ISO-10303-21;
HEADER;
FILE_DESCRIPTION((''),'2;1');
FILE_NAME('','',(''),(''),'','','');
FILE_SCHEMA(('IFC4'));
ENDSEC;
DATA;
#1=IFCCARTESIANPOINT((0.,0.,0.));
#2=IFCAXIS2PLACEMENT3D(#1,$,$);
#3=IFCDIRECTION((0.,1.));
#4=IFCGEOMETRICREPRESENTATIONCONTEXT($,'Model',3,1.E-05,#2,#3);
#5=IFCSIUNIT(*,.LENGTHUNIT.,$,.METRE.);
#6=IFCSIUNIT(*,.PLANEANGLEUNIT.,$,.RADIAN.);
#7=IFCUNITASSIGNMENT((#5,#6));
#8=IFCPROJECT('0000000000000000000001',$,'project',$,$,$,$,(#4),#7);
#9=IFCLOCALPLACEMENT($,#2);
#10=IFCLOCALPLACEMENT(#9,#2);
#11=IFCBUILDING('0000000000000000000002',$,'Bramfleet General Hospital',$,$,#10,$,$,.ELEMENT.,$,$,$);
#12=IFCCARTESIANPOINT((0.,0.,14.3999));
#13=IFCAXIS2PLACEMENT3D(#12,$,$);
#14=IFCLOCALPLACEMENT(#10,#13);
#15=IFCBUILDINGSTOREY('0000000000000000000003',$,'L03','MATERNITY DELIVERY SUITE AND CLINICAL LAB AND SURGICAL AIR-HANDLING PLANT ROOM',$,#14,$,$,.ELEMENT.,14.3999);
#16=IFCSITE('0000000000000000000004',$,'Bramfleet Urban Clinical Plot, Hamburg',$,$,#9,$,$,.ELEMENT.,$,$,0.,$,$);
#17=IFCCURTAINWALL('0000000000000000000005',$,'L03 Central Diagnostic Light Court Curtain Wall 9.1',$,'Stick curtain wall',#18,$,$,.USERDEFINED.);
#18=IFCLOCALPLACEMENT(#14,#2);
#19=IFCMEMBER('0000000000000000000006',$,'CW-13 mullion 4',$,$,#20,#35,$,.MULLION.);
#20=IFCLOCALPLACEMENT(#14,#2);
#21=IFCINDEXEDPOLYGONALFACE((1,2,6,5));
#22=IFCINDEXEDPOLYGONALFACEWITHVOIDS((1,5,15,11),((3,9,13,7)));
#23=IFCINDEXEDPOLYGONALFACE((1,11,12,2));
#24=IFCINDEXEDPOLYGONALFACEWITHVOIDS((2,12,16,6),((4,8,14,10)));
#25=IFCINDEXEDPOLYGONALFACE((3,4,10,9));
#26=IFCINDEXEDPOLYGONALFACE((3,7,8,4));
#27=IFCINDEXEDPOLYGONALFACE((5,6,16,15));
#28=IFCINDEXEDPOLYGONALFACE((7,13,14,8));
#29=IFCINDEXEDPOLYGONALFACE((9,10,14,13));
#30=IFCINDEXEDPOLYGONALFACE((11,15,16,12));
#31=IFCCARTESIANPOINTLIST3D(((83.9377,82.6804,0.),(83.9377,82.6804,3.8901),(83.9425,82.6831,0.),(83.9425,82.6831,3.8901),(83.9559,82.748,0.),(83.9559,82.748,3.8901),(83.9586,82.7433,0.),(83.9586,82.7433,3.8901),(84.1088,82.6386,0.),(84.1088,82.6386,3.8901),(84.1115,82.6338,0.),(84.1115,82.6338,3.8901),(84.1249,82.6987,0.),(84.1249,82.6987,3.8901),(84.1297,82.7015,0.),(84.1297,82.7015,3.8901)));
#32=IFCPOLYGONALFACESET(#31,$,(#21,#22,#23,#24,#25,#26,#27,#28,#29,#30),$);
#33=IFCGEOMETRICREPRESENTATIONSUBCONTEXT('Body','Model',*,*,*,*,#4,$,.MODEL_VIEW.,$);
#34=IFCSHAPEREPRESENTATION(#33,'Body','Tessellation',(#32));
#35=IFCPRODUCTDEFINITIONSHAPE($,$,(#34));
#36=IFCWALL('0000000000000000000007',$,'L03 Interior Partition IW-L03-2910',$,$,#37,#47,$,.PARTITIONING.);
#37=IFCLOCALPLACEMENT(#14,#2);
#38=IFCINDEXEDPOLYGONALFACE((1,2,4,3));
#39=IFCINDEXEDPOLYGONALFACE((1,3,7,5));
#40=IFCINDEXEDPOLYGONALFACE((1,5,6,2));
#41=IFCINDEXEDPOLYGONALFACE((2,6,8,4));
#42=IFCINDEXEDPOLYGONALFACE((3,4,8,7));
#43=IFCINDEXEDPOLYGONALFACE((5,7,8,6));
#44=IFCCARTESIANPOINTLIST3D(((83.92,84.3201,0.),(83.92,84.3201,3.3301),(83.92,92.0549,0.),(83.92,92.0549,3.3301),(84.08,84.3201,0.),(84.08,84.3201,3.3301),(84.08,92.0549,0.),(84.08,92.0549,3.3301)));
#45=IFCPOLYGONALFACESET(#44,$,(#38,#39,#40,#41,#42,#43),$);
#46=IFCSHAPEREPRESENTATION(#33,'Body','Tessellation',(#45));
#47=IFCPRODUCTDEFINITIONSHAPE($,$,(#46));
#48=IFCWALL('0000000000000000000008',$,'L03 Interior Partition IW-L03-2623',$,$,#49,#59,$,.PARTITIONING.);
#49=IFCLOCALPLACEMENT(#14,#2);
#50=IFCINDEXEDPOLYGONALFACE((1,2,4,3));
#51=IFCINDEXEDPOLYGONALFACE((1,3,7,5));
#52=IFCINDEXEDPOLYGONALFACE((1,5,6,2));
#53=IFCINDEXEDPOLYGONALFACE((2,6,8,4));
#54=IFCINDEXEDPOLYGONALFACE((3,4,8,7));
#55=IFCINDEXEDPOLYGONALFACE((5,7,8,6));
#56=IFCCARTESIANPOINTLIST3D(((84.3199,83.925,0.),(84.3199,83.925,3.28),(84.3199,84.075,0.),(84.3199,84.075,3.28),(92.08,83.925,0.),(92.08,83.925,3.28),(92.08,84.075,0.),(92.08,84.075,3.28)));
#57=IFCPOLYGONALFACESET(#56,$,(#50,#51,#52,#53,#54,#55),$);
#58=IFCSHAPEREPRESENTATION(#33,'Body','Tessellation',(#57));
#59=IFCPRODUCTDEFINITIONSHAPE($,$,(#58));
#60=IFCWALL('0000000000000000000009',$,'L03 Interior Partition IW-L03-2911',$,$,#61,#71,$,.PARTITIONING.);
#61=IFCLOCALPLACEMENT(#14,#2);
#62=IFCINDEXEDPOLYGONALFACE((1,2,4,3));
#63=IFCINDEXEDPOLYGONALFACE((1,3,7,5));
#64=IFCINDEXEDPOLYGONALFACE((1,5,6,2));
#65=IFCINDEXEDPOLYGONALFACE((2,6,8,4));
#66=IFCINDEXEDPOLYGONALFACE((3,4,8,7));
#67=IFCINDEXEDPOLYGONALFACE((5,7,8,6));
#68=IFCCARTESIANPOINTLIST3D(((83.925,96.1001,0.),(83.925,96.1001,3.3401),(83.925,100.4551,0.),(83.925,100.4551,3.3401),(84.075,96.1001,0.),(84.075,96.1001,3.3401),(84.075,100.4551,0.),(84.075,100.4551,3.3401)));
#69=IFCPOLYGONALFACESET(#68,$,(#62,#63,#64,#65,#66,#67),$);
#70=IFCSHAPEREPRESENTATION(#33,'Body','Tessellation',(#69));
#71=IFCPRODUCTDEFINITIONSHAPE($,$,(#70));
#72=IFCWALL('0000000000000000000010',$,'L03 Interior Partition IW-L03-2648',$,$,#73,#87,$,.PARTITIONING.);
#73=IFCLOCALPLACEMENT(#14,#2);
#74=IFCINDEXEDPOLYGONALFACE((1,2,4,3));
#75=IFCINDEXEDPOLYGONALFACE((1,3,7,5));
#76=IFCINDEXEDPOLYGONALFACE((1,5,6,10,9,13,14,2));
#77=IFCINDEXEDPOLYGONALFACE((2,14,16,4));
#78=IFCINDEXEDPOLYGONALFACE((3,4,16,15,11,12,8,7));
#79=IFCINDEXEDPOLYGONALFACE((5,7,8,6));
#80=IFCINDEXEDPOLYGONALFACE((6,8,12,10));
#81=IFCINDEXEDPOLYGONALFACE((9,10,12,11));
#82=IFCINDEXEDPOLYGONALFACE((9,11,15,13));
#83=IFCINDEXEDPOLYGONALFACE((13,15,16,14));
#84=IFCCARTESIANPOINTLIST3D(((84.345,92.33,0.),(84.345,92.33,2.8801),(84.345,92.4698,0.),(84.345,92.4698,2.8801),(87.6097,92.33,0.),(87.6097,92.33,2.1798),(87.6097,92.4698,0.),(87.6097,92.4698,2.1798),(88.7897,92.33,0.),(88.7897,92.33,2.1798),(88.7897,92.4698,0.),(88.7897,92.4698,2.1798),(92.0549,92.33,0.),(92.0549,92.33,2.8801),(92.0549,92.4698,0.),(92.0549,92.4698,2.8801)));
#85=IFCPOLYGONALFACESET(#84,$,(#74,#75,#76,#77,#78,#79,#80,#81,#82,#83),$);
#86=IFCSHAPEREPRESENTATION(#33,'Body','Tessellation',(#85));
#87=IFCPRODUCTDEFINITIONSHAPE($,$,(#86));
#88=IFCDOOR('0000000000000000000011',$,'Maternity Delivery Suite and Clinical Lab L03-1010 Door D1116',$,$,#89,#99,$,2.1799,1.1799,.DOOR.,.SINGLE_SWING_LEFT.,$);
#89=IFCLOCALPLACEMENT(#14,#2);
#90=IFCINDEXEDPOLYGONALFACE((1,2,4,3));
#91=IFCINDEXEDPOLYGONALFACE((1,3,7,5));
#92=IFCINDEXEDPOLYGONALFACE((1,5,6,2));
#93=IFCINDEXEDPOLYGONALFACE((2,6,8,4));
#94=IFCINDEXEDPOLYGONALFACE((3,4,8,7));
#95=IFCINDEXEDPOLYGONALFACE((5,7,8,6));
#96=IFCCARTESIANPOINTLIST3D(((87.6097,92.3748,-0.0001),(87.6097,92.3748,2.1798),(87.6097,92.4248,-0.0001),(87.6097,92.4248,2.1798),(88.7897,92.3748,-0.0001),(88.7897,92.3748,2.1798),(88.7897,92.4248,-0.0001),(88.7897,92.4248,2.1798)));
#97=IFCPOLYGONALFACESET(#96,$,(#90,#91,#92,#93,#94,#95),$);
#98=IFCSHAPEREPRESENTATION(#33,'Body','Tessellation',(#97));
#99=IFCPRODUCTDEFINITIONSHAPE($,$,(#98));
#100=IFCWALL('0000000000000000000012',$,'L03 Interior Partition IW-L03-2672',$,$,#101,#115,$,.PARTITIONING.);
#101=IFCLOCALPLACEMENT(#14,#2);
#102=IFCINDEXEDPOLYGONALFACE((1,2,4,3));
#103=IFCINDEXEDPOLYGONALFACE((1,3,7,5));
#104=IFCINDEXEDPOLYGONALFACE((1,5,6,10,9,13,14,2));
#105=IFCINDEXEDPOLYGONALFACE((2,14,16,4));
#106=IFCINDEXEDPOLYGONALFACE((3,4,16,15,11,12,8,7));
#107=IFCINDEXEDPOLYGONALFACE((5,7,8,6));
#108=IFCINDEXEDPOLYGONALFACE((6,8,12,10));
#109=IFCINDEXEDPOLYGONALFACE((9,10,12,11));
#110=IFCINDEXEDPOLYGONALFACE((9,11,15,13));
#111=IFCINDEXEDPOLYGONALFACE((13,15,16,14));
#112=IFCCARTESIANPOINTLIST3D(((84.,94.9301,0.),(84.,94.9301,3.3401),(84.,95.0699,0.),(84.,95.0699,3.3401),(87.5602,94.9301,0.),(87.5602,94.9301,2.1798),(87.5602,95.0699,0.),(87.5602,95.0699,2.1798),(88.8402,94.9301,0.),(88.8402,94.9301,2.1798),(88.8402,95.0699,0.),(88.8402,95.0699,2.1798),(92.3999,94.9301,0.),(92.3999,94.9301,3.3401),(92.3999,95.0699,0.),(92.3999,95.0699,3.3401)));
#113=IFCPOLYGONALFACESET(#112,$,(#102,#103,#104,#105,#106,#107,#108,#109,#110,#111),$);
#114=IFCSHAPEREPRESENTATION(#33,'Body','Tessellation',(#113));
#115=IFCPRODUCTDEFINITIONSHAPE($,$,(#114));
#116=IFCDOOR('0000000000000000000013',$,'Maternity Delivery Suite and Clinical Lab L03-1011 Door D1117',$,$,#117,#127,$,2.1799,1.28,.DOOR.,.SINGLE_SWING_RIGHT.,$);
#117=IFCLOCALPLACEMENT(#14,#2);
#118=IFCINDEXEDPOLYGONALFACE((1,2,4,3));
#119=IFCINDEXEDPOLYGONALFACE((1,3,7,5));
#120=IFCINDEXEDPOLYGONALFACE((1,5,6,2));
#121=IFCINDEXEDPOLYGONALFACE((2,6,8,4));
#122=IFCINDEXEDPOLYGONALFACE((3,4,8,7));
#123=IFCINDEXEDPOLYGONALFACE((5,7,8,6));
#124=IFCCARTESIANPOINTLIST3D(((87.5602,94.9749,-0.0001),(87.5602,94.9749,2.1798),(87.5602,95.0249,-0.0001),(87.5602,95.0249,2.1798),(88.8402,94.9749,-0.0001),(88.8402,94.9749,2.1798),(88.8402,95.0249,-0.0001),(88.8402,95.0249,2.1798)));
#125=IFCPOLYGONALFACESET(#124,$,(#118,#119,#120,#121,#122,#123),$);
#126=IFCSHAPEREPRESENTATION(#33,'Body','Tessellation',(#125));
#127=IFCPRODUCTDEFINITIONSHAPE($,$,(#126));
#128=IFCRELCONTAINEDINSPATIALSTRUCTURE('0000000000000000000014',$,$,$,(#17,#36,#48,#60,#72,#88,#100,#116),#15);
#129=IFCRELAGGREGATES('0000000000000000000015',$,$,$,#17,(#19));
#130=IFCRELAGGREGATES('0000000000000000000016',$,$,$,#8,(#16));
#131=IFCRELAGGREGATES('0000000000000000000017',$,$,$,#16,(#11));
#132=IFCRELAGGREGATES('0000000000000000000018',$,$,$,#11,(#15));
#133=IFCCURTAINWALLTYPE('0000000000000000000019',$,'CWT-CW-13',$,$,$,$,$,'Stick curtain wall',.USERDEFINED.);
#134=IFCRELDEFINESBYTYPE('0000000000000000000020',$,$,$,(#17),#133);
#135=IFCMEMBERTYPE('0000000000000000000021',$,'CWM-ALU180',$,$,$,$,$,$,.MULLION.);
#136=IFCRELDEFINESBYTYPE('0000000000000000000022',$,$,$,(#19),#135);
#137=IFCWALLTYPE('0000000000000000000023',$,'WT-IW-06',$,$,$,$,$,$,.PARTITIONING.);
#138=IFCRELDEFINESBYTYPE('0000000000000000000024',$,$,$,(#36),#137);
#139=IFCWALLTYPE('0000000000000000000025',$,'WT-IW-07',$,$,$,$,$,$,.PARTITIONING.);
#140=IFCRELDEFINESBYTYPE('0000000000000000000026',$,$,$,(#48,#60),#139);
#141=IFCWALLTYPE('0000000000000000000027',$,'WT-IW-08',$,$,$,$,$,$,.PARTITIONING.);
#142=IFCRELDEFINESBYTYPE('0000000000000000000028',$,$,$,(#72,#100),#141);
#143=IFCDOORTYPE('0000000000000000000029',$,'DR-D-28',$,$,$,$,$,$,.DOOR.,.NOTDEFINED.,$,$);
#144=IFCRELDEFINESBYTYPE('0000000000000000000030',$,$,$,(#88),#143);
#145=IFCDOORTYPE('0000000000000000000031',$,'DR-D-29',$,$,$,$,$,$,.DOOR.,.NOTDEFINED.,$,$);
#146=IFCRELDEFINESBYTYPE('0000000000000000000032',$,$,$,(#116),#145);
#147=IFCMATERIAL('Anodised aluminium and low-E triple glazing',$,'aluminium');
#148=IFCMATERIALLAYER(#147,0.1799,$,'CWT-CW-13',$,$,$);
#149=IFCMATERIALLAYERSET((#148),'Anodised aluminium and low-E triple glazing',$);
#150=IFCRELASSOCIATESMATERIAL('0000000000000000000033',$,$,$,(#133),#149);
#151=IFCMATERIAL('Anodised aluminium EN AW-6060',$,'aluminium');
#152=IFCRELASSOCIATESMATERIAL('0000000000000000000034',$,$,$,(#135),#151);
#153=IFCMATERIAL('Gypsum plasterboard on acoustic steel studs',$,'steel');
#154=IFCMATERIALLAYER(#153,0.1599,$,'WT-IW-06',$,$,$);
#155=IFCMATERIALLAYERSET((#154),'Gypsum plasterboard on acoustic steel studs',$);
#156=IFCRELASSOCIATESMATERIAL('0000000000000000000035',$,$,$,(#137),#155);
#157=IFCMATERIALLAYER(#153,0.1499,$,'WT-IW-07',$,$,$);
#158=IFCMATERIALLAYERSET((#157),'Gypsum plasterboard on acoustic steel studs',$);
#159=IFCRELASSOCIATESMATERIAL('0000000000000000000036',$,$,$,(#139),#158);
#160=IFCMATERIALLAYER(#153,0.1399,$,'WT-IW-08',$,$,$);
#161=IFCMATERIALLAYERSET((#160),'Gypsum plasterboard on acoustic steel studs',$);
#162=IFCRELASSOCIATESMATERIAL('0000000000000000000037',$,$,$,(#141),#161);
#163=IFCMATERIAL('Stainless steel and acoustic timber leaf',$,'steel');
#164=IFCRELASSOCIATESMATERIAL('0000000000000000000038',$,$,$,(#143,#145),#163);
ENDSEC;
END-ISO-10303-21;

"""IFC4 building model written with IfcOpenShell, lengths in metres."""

from ifc_helpers import new_model, si_unit, direction, frame, frame_2d, origin, origin_2d, place, context, subcontext, project, spatial, rectangle, hollow_rectangle, extrude, material, layer, layer_set, material_profile, profile_set, type_object, element, fill, aggregate, save


model = new_model("IFC4")

# Units and contexts
model_context = context("Model", 3, precision=1e-05, world=origin(), true_north=direction((0.0, 1.0)))
body_context = subcontext(model_context, "Body", "Model", "MODEL_VIEW")
ifc_project = project(units=[si_unit("LENGTHUNIT", "METRE"), si_unit("PLANEANGLEUNIT", "RADIAN")], contexts=[model_context])

# Site, building, storey
site_placement = place(None, origin())
site = spatial("IfcSite", under=ifc_project, at=site_placement, Name="Bramfleet Urban Clinical Plot, Hamburg", CompositionType="ELEMENT", RefElevation=0.0)
building_placement = place(site_placement, origin())
building = spatial("IfcBuilding", under=site, at=building_placement, Name="Bramfleet General Hospital", CompositionType="ELEMENT")
storey_placement = place(building_placement, frame((0.0, 0.0, 14.3999)))
storey = spatial("IfcBuildingStorey", under=building, at=storey_placement, Name="L03", Description="MATERNITY DELIVERY SUITE AND CLINICAL LAB AND SURGICAL AIR-HANDLING PLANT ROOM", CompositionType="ELEMENT", Elevation=14.3999)

# Curtain wall, member
ifc_material_1 = material(Name="Anodised aluminium and low-E triple glazing", Category="aluminium")
ifc_layer_1 = layer(ifc_material_1, 0.1799, Name="CWT-CW-13")
ifc_layer_set_1 = layer_set([ifc_layer_1], Name="Anodised aluminium and low-E triple glazing")
curtain_wall_type = type_object("IfcCurtainWallType", Name="CWT-CW-13", ElementType="Stick curtain wall", PredefinedType="USERDEFINED", material=ifc_layer_set_1)
curtain_wall_placement = place(storey_placement, origin())
curtain_wall = element("IfcCurtainWall", 1, at=curtain_wall_placement, inside=storey, type_object=curtain_wall_type, Name="L03 Central Diagnostic Light Court Curtain Wall 9.1", ObjectType="Stick curtain wall", PredefinedType="USERDEFINED")
ifc_material_2 = material(Name="Anodised aluminium EN AW-6060", Category="aluminium")
ifc_material_profile_1 = material_profile(ifc_material_2, hollow_rectangle(XDim=0.0701, YDim=0.1799, WallThickness=0.0039, at=origin_2d()), Name="ALU 180x70x4.0")
ifc_profile_set_1 = profile_set([ifc_material_profile_1], Name="Anodised aluminium EN AW-6060")
member_type = type_object("IfcMemberType", Name="CWM-ALU180", PredefinedType="MULLION", material=ifc_profile_set_1)
member_placement = place(storey_placement, frame((84.0337, 82.6909, 0.0), z_axis=(0.0, 0.0, 1.0), x_axis=(-0.258763, -0.965941, 0.0)))
member = element("IfcMember", 2, at=member_placement, type_object=member_type, Name="CW-13 mullion 4", PredefinedType="MULLION", context=body_context, shape_type="SweptSolid", body=[
    extrude(hollow_rectangle(XDim=0.0701, YDim=0.1799, WallThickness=0.0039, at=origin_2d()), origin(), (0.0, 0.0, 1.0), 3.8901),
])
aggregate(curtain_wall, [member])

# Walls
ifc_material_3 = material(Name="Gypsum plasterboard on acoustic steel studs", Category="steel")
ifc_layer_2 = layer(ifc_material_3, 0.1599, Name="WT-IW-06")
ifc_layer_set_2 = layer_set([ifc_layer_2], Name="Gypsum plasterboard on acoustic steel studs")
wall_type_1 = type_object("IfcWallType", Name="WT-IW-06", PredefinedType="PARTITIONING", material=ifc_layer_set_2)
wall_1_placement = place(storey_placement, frame((84.0, 84.3201, 0.0), z_axis=(0.0, 0.0, 1.0), x_axis=(0.0, 1.0, 0.0)))
element("IfcWall", 3, at=wall_1_placement, inside=storey, type_object=wall_type_1, Name="L03 Interior Partition IW-L03-2910", PredefinedType="PARTITIONING", context=body_context, shape_type="SweptSolid", body=[
    extrude(rectangle(XDim=7.7349, YDim=0.1599, at=frame_2d((3.8674, 0.0))), origin(), (0.0, 0.0, 1.0), 3.3301),
])
ifc_layer_3 = layer(ifc_material_3, 0.1499, Name="WT-IW-07")
ifc_layer_set_3 = layer_set([ifc_layer_3], Name="Gypsum plasterboard on acoustic steel studs")
wall_type_2 = type_object("IfcWallType", Name="WT-IW-07", PredefinedType="PARTITIONING", material=ifc_layer_set_3)
wall_2_placement = place(storey_placement, frame((84.3201, 84.0, 0.0), z_axis=(0.0, 0.0, 1.0), x_axis=(1.0, 0.0, 0.0)))
element("IfcWall", 4, at=wall_2_placement, inside=storey, type_object=wall_type_2, Name="L03 Interior Partition IW-L03-2623", PredefinedType="PARTITIONING", context=body_context, shape_type="SweptSolid", body=[
    extrude(rectangle(XDim=7.76, YDim=0.1499, at=frame_2d((3.8799, 0.0))), origin(), (0.0, 0.0, 1.0), 3.28),
])
wall_3_placement = place(storey_placement, frame((84.0, 96.1001, 0.0), z_axis=(0.0, 0.0, 1.0), x_axis=(0.0, 1.0, 0.0)))
element("IfcWall", 5, at=wall_3_placement, inside=storey, type_object=wall_type_2, Name="L03 Interior Partition IW-L03-2911", PredefinedType="PARTITIONING", context=body_context, shape_type="SweptSolid", body=[
    extrude(rectangle(XDim=4.355, YDim=0.1499, at=frame_2d((2.1775, 0.0))), origin(), (0.0, 0.0, 1.0), 3.3401),
])

# Walls, openings, doors
ifc_layer_4 = layer(ifc_material_3, 0.1399, Name="WT-IW-08")
ifc_layer_set_4 = layer_set([ifc_layer_4], Name="Gypsum plasterboard on acoustic steel studs")
wall_type_3 = type_object("IfcWallType", Name="WT-IW-08", PredefinedType="PARTITIONING", material=ifc_layer_set_4)
wall_4_placement = place(storey_placement, frame((84.345, 92.3999, 0.0), z_axis=(0.0, 0.0, 1.0), x_axis=(1.0, 0.0, 0.0)))
wall_4 = element("IfcWall", 6, at=wall_4_placement, inside=storey, type_object=wall_type_3, Name="L03 Interior Partition IW-L03-2648", PredefinedType="PARTITIONING", context=body_context, shape_type="SweptSolid", body=[
    extrude(rectangle(XDim=7.71, YDim=0.1399, at=frame_2d((3.855, 0.0))), origin(), (0.0, 0.0, 1.0), 2.8801),
])
opening_1_placement = place(wall_4_placement, frame((3.2649, 0.0, 0.0)))
opening_1 = element("IfcOpeningElement", 7, at=opening_1_placement, cuts=wall_4, PredefinedType="OPENING", context=body_context, shape_type="SweptSolid", body=[
    extrude(rectangle(XDim=1.1799, YDim=2.1799, at=frame_2d((0.5898, 1.0898))), frame((0.0, 0.0798, 0.0), z_axis=(0.0, -1.0, 0.0), x_axis=(1.0, 0.0, 0.0)), (0.0, 0.0, 1.0), 0.1599),
])
ifc_material_4 = material(Name="Stainless steel and acoustic timber leaf", Category="steel")
door_type_1 = type_object("IfcDoorType", Name="DR-D-28", OperationType="NOTDEFINED", PredefinedType="DOOR", material=ifc_material_4)
door_1_placement = place(opening_1_placement, origin())
door_1 = element("IfcDoor", 8, at=door_1_placement, inside=storey, type_object=door_type_1, Name="Maternity Delivery Suite and Clinical Lab L03-1010 Door D1116", OperationType="SINGLE_SWING_LEFT", OverallHeight=2.1799, OverallWidth=1.1799, PredefinedType="DOOR", context=body_context, shape_type="SweptSolid", body=[
    extrude(rectangle(XDim=1.1799, YDim=2.1799, at=frame_2d((0.5898, 1.0898))), frame((0.0, 0.0249, 0.0), z_axis=(0.0, -1.0, 0.0), x_axis=(1.0, 0.0, 0.0)), (0.0, 0.0, 1.0), 0.05),
])
fill(opening_1, door_1)
wall_5_placement = place(storey_placement, frame((84.0, 95.0, 0.0), z_axis=(0.0, 0.0, 1.0), x_axis=(1.0, 0.0, 0.0)))
wall_5 = element("IfcWall", 9, at=wall_5_placement, inside=storey, type_object=wall_type_3, Name="L03 Interior Partition IW-L03-2672", PredefinedType="PARTITIONING", context=body_context, shape_type="SweptSolid", body=[
    extrude(rectangle(XDim=8.3999, YDim=0.1399, at=frame_2d((4.2, 0.0))), origin(), (0.0, 0.0, 1.0), 3.3401),
])
opening_2_placement = place(wall_5_placement, frame((3.5601, 0.0, 0.0)))
opening_2 = element("IfcOpeningElement", 10, at=opening_2_placement, cuts=wall_5, PredefinedType="OPENING", context=body_context, shape_type="SweptSolid", body=[
    extrude(rectangle(XDim=1.28, YDim=2.1799, at=frame_2d((0.6401, 1.0898))), frame((0.0, 0.0798, 0.0), z_axis=(0.0, -1.0, 0.0), x_axis=(1.0, 0.0, 0.0)), (0.0, 0.0, 1.0), 0.1599),
])
door_type_2 = type_object("IfcDoorType", Name="DR-D-29", OperationType="NOTDEFINED", PredefinedType="DOOR", material=ifc_material_4)
door_2_placement = place(opening_2_placement, origin())
door_2 = element("IfcDoor", 11, at=door_2_placement, inside=storey, type_object=door_type_2, Name="Maternity Delivery Suite and Clinical Lab L03-1011 Door D1117", OperationType="SINGLE_SWING_RIGHT", OverallHeight=2.1799, OverallWidth=1.28, PredefinedType="DOOR", context=body_context, shape_type="SweptSolid", body=[
    extrude(rectangle(XDim=1.28, YDim=2.1799, at=frame_2d((0.6401, 1.0898))), frame((0.0, 0.0249, 0.0), z_axis=(0.0, -1.0, 0.0), x_axis=(1.0, 0.0, 0.0)), (0.0, 0.0, 1.0), 0.05),
])
fill(opening_2, door_2)

save(model, "model.ifc")
